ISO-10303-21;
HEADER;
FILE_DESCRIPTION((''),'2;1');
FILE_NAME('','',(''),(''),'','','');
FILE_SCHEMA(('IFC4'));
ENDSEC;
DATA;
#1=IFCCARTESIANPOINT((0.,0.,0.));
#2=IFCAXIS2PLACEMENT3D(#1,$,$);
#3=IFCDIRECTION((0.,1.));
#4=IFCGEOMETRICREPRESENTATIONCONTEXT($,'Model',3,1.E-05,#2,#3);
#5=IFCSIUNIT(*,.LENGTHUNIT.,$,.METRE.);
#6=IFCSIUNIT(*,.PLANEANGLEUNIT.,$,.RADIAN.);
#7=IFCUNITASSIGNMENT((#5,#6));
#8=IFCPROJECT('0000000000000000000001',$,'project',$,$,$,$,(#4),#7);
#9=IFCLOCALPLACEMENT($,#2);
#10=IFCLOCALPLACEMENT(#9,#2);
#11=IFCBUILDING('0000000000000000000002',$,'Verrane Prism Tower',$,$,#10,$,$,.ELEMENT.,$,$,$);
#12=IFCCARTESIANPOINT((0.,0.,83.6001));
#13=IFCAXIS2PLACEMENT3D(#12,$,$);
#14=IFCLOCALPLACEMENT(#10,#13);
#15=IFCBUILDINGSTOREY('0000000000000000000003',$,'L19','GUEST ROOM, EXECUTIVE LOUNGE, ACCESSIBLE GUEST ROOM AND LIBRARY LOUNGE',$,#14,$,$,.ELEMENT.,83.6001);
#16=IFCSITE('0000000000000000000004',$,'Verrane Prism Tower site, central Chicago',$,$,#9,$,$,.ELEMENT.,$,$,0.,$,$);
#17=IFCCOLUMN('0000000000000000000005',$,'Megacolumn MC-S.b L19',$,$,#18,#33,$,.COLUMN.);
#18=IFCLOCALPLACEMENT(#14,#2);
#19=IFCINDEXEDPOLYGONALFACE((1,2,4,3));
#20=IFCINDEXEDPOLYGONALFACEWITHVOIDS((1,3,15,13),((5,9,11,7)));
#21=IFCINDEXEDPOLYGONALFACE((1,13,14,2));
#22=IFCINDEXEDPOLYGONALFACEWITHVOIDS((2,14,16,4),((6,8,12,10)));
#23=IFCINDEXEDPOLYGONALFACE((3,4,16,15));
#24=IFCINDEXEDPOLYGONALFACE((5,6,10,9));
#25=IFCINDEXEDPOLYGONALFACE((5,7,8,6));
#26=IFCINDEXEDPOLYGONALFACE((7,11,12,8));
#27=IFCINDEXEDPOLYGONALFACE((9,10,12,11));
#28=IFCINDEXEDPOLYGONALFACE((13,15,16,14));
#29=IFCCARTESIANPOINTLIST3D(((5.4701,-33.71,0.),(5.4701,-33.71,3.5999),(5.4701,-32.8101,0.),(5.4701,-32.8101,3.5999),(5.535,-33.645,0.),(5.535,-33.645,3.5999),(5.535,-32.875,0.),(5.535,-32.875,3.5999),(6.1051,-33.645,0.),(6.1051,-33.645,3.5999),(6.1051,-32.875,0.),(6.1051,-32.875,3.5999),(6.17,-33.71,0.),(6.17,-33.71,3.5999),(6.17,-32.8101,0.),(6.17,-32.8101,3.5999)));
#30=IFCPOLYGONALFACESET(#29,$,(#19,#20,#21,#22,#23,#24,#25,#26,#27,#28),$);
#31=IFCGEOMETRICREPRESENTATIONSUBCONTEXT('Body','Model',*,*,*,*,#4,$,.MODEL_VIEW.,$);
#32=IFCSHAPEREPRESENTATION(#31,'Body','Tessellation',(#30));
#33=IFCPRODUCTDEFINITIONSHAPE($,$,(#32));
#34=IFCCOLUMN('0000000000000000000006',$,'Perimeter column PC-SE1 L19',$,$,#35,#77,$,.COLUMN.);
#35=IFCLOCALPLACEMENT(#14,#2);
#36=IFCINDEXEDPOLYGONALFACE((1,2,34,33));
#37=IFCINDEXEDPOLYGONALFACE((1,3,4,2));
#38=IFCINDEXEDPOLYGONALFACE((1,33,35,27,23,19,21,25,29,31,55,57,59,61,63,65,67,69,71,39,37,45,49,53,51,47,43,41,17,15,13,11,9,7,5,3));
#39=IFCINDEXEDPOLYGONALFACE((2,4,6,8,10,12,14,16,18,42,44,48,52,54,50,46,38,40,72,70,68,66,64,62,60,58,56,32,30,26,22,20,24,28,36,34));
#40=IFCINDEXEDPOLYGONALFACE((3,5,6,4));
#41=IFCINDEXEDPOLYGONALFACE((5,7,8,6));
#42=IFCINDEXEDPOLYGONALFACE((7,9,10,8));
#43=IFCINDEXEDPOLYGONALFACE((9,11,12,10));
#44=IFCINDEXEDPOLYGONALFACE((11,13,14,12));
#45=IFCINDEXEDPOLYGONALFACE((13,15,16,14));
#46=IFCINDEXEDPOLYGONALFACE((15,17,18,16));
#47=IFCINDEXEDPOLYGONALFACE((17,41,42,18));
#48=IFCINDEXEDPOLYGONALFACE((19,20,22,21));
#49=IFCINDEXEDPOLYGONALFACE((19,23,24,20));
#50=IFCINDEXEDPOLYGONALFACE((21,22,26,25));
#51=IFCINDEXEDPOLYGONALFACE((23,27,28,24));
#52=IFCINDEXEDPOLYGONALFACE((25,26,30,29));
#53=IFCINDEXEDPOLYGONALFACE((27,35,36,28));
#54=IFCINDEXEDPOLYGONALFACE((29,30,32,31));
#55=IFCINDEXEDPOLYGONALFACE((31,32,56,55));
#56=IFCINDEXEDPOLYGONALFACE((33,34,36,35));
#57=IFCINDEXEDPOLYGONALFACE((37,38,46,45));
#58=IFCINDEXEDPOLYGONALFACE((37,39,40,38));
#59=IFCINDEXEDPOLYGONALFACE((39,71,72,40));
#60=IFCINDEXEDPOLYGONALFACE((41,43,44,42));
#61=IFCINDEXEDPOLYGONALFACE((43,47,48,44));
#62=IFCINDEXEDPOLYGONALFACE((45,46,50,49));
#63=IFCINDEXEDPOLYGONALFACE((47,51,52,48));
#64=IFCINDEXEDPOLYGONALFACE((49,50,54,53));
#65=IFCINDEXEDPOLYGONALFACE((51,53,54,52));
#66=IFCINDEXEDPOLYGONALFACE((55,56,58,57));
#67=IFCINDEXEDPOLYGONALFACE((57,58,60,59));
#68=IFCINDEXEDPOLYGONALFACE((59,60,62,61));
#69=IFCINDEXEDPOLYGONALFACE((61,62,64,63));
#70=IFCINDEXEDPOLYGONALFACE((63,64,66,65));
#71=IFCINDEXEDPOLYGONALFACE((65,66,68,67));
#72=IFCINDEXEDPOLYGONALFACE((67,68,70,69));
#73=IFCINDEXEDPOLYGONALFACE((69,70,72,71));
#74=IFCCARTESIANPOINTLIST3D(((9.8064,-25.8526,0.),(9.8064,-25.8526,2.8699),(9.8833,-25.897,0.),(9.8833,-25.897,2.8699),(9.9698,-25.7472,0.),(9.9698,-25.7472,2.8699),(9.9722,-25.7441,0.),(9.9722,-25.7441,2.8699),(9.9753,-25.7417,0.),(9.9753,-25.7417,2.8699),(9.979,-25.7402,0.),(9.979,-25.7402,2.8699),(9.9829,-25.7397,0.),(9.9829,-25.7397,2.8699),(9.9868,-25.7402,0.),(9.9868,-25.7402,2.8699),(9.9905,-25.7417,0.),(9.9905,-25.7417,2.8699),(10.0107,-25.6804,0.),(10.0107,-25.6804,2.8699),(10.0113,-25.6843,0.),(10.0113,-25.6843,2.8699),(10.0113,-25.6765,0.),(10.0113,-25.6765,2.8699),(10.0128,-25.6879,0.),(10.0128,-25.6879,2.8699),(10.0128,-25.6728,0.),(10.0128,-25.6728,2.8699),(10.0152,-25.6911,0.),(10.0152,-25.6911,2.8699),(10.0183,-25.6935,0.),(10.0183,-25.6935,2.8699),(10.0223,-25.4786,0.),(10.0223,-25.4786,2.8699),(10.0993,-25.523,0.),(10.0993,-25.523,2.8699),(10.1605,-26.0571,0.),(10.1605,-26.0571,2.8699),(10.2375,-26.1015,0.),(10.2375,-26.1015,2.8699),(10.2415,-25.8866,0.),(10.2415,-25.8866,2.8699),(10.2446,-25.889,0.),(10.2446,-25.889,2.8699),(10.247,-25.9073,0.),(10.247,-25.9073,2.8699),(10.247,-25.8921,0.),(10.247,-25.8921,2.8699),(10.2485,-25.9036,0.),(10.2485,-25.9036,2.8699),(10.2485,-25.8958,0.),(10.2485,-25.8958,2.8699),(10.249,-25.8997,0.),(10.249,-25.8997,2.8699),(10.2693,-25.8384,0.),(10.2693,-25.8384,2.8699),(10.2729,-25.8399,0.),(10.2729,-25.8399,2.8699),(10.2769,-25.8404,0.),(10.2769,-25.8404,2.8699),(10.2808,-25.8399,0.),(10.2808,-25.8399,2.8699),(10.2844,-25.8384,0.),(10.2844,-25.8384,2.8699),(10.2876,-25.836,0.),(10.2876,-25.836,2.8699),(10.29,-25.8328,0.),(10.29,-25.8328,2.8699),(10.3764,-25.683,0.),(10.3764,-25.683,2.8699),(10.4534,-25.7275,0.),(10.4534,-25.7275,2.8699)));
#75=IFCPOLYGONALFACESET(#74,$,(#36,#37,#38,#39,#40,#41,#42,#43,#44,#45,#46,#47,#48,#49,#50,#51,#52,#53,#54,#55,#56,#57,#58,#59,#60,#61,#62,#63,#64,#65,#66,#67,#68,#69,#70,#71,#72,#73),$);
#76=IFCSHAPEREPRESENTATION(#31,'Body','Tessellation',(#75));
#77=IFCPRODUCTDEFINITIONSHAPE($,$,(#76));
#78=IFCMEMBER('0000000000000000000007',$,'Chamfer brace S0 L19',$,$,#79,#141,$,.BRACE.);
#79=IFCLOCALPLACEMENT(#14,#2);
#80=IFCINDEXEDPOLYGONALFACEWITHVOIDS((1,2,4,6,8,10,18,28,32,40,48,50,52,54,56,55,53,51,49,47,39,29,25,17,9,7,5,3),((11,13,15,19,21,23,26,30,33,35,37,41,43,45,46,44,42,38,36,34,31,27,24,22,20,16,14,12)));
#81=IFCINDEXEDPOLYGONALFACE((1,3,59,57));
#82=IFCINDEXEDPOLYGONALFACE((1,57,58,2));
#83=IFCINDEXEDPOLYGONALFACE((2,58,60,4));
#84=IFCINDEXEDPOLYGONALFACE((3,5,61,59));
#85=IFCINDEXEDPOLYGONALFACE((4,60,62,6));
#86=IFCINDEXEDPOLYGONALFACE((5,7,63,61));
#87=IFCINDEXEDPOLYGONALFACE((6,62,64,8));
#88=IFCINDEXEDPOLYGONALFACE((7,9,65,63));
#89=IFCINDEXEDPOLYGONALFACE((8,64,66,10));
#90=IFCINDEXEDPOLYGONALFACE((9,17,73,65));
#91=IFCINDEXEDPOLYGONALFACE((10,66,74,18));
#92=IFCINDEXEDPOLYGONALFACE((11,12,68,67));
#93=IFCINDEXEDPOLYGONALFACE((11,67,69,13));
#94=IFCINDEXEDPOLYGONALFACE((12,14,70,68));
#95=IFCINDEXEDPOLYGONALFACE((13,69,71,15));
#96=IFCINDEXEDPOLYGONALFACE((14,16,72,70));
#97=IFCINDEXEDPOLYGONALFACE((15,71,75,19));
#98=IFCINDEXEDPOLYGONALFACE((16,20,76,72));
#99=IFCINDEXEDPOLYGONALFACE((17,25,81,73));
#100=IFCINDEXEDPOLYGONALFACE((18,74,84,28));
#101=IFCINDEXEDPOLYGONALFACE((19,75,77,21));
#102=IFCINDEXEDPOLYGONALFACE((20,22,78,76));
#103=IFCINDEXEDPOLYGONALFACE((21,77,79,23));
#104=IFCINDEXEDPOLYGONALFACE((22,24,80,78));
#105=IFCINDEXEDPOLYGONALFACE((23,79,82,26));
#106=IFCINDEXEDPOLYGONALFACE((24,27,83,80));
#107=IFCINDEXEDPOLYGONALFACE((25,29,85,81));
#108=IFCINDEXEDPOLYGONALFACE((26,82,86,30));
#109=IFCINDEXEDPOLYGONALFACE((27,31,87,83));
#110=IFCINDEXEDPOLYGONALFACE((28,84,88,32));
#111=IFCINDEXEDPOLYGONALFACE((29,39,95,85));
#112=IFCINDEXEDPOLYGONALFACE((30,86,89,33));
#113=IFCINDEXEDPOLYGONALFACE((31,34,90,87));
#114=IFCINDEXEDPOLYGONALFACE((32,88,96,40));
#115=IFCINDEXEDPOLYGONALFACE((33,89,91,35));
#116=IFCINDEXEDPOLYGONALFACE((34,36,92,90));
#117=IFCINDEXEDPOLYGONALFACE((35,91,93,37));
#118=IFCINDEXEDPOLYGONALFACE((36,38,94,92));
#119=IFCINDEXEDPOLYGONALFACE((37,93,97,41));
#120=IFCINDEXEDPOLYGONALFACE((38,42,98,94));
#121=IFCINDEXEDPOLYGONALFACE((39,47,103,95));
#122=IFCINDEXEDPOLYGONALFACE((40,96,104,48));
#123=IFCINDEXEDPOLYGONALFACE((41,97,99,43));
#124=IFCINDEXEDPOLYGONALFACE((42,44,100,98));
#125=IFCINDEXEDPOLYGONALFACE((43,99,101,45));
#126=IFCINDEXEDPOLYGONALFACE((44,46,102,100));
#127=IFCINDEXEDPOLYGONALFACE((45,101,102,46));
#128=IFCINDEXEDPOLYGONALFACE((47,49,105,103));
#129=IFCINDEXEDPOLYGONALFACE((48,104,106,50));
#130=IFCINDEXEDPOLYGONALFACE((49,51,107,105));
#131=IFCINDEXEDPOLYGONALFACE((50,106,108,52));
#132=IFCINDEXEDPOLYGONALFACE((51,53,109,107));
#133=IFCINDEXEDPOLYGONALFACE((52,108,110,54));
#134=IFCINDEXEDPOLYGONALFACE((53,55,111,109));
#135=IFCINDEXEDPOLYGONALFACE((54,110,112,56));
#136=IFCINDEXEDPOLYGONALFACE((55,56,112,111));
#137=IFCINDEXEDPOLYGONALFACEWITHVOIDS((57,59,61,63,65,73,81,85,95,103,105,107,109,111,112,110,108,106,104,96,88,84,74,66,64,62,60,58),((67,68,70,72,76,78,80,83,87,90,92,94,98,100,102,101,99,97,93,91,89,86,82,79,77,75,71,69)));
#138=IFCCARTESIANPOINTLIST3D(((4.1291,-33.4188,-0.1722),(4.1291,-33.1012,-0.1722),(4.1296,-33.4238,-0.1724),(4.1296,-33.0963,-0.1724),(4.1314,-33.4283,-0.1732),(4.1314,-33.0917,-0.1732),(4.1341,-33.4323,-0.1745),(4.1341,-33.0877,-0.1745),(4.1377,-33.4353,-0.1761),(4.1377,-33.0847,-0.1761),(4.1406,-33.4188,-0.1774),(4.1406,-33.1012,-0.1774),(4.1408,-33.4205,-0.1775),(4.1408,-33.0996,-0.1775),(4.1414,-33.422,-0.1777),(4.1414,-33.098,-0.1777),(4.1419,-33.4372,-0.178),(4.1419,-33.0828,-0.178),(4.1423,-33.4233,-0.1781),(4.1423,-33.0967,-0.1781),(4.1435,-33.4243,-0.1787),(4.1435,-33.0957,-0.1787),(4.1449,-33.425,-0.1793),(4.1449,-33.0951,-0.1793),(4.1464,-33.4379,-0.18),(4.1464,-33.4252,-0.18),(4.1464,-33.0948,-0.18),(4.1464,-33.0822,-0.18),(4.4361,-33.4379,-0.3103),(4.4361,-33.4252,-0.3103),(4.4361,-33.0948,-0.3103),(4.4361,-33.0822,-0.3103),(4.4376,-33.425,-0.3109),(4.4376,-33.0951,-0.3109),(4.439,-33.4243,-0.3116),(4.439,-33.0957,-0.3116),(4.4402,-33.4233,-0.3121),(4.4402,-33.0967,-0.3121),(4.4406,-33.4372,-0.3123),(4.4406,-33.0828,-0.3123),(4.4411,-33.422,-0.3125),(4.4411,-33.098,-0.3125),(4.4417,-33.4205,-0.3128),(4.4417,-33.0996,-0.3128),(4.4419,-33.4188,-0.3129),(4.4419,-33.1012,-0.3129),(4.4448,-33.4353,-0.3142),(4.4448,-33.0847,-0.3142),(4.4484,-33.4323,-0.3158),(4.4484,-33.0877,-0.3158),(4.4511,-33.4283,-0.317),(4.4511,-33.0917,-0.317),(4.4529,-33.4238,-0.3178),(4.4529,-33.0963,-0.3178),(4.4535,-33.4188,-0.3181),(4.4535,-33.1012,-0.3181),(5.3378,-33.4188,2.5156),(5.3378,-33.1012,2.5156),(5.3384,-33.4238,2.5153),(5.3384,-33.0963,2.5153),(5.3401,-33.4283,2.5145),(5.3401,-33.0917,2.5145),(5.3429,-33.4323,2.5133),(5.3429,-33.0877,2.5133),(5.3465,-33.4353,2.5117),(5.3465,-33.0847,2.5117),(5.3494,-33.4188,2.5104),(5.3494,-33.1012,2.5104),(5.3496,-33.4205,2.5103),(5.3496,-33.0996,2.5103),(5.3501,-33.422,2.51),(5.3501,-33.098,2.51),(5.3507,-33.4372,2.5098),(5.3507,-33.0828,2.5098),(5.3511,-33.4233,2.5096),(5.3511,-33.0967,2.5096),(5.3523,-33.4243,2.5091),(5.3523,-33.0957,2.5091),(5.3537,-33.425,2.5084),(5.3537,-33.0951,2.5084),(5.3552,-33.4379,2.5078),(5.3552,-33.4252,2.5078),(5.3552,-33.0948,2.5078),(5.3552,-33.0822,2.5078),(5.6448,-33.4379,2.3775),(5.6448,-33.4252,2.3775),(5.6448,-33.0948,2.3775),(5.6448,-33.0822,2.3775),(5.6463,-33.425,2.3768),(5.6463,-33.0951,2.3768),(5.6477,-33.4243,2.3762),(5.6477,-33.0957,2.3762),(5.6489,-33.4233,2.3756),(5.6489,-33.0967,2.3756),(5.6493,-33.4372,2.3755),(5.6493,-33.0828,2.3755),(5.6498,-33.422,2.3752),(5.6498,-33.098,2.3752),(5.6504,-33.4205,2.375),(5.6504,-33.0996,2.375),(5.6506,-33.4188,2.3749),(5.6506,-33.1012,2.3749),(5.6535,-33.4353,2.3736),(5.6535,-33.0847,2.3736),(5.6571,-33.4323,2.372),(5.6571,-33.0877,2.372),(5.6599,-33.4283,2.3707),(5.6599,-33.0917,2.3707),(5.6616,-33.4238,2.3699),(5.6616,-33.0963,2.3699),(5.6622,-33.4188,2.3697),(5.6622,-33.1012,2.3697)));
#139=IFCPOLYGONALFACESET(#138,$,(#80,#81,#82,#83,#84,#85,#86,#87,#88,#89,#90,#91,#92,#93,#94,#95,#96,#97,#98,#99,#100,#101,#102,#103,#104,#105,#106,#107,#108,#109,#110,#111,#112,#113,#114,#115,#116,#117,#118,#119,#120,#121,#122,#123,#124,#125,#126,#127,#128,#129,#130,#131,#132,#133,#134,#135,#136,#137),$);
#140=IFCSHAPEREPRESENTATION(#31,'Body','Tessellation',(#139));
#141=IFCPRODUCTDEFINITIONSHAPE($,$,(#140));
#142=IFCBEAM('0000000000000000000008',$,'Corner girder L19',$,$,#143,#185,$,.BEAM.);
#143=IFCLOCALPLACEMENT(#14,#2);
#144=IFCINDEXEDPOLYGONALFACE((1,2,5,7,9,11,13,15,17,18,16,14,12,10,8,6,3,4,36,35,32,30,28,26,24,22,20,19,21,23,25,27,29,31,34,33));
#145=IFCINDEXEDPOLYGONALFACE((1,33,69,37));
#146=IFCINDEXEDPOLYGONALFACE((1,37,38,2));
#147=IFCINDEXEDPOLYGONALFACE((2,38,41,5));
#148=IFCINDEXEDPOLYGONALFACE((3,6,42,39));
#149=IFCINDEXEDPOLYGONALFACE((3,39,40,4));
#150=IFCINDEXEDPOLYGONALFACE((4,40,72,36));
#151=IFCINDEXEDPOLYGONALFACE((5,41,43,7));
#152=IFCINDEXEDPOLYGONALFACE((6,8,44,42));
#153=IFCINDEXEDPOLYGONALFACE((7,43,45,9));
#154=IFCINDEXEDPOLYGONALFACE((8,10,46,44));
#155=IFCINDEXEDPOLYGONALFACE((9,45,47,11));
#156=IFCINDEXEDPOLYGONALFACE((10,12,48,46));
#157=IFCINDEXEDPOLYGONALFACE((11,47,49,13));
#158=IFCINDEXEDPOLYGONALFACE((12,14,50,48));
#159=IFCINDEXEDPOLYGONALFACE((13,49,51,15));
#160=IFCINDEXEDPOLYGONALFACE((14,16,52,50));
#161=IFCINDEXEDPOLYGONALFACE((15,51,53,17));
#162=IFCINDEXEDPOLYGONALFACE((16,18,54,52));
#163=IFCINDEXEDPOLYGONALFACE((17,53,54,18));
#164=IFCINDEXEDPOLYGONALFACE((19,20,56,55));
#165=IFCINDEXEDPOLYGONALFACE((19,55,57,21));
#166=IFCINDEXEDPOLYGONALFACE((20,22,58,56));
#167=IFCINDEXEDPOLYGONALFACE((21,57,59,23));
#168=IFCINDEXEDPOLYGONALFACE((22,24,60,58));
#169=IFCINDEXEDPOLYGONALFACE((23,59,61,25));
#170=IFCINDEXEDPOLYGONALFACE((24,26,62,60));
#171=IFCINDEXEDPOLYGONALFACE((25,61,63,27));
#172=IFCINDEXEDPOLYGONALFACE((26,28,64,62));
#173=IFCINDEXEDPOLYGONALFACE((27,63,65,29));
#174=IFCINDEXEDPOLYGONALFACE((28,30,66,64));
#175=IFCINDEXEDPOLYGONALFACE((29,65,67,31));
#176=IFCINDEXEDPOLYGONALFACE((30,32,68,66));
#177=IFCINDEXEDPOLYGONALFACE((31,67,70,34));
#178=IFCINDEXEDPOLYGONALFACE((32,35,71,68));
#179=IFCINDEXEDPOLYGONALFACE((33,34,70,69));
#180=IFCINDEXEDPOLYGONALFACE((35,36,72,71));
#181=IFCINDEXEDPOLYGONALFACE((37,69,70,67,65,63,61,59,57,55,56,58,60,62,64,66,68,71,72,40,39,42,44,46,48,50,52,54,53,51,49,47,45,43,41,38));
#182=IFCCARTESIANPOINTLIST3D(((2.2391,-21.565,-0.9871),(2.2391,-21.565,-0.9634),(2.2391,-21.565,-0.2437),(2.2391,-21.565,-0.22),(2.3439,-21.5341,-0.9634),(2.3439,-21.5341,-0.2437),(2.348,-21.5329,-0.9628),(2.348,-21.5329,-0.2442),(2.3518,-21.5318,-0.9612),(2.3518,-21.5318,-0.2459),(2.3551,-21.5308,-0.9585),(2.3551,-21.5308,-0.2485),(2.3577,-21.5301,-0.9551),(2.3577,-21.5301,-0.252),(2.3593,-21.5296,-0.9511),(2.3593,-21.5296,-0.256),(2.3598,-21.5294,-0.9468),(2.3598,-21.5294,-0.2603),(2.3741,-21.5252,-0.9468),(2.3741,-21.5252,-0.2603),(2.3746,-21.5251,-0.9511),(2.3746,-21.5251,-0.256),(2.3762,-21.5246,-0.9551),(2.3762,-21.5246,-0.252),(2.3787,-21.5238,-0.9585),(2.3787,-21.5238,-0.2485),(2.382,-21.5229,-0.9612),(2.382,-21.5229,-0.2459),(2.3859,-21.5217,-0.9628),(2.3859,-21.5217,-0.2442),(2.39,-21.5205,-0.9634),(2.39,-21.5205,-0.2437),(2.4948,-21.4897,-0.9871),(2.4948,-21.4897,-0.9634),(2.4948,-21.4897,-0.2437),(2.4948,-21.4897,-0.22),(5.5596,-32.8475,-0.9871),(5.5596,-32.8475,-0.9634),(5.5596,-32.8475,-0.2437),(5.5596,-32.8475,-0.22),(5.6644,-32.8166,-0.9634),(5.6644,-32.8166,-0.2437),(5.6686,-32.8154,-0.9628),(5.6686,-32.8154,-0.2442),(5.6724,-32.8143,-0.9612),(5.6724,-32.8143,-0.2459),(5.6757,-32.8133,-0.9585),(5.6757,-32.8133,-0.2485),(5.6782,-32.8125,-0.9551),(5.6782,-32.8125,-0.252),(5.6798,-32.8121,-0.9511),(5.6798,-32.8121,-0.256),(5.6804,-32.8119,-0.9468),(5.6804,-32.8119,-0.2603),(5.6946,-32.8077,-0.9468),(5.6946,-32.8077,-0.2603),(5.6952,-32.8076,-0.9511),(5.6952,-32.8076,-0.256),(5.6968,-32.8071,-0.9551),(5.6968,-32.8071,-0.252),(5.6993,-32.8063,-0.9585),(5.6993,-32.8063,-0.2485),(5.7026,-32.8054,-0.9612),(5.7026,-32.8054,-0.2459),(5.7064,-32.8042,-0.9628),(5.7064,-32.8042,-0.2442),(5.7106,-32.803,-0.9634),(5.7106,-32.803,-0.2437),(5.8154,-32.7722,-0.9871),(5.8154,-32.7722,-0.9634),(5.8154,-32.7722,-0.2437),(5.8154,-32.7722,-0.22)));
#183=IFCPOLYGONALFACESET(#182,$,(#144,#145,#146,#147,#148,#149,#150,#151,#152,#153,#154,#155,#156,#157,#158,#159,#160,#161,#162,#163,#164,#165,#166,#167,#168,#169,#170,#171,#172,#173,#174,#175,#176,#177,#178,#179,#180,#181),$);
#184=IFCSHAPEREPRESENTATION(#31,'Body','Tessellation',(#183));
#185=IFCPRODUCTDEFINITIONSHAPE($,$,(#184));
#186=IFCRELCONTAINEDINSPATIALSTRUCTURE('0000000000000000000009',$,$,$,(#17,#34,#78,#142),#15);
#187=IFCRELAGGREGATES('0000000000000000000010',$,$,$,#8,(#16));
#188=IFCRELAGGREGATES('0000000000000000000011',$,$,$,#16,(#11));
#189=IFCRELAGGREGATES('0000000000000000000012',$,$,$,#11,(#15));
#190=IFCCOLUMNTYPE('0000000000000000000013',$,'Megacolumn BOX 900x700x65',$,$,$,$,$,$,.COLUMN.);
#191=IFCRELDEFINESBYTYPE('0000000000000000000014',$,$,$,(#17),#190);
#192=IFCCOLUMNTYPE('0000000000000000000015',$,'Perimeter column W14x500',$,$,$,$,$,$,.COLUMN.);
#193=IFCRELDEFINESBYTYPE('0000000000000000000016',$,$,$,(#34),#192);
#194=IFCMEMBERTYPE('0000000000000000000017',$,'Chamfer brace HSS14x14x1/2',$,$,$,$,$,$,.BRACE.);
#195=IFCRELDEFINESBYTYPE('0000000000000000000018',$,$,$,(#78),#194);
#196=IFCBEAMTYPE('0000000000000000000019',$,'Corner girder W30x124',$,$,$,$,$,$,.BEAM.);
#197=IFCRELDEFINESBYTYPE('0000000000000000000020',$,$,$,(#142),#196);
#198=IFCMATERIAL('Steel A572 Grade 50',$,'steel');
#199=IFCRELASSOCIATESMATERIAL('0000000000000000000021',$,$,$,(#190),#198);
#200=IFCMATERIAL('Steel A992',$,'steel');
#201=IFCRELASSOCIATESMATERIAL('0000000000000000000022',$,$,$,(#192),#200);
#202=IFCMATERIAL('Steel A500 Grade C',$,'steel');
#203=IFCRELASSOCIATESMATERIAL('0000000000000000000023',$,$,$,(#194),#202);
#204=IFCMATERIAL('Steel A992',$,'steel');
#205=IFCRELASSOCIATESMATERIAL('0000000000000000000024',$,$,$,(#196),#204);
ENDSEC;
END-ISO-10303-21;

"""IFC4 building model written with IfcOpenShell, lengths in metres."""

from ifc_helpers import new_model, si_unit, direction, frame, origin, origin_2d, place, context, subcontext, project, spatial, hollow_rectangle, i_section, extrude, material, material_profile, profile_set, type_object, element, save


model = new_model("IFC4")

# Units and contexts
model_context = context("Model", 3, precision=1e-05, world=origin(), true_north=direction((0.0, 1.0)))
body_context = subcontext(model_context, "Body", "Model", "MODEL_VIEW")
ifc_project = project(units=[si_unit("LENGTHUNIT", "METRE"), si_unit("PLANEANGLEUNIT", "RADIAN")], contexts=[model_context])

# Site, building, storey
site_placement = place(None, origin())
site = spatial("IfcSite", under=ifc_project, at=site_placement, Name="Verrane Prism Tower site, central Chicago", CompositionType="ELEMENT", RefElevation=0.0)
building_placement = place(site_placement, origin())
building = spatial("IfcBuilding", under=site, at=building_placement, Name="Verrane Prism Tower", CompositionType="ELEMENT")
storey_placement = place(building_placement, frame((0.0, 0.0, 83.6001)))
storey = spatial("IfcBuildingStorey", under=building, at=storey_placement, Name="L19", Description="GUEST ROOM, EXECUTIVE LOUNGE, ACCESSIBLE GUEST ROOM AND LIBRARY LOUNGE", CompositionType="ELEMENT", Elevation=83.6001)

# Columns
ifc_material_1 = material(Name="Steel A572 Grade 50", Category="steel")
ifc_material_profile_1 = material_profile(ifc_material_1, hollow_rectangle(XDim=0.7, YDim=0.8999, WallThickness=0.0649, at=origin_2d()), Name="BOX 900x700x65")
ifc_profile_set_1 = profile_set([ifc_material_profile_1], Name="Steel A572 Grade 50")
column_type_1 = type_object("IfcColumnType", Name="Megacolumn BOX 900x700x65", PredefinedType="COLUMN", material=ifc_profile_set_1)
column_1_placement = place(storey_placement, frame((5.8201, -33.26, 0.0), z_axis=(0.0, 0.0, 1.0), x_axis=(-1.0, 0.0, 0.0)))
element("IfcColumn", 1, at=column_1_placement, inside=storey, type_object=column_type_1, Name="Megacolumn MC-S.b L19", PredefinedType="COLUMN", context=body_context, shape_type="SweptSolid", body=[
    extrude(hollow_rectangle(XDim=0.7, YDim=0.8999, WallThickness=0.0649, at=origin_2d()), origin(), (0.0, 0.0, 1.0), 3.5999),
])
ifc_material_2 = material(Name="Steel A992", Category="steel")
ifc_material_profile_2 = material_profile(ifc_material_2, i_section(OverallWidth=0.4319, OverallDepth=0.4978, WebThickness=0.0557, FlangeThickness=0.0889, FilletRadius=0.0151, at=origin_2d()), Name="W14x500")
ifc_profile_set_2 = profile_set([ifc_material_profile_2], Name="Steel A992")
column_type_2 = type_object("IfcColumnType", Name="Perimeter column W14x500", PredefinedType="COLUMN", material=ifc_profile_set_2)
column_2_placement = place(storey_placement, frame((10.1299, -25.79, 0.0), z_axis=(0.0, 0.0, 1.0), x_axis=(-0.5, -0.866025, 0.0)))
element("IfcColumn", 2, at=column_2_placement, inside=storey, type_object=column_type_2, Name="Perimeter column PC-SE1 L19", PredefinedType="COLUMN", context=body_context, shape_type="SweptSolid", body=[
    extrude(i_section(OverallWidth=0.4319, OverallDepth=0.4978, WebThickness=0.0557, FlangeThickness=0.0889, FilletRadius=0.0151, at=origin_2d()), origin(), (0.0, 0.0, 1.0), 2.8699),
])

# Member
ifc_material_3 = material(Name="Steel A500 Grade C", Category="steel")
ifc_material_profile_3 = material_profile(ifc_material_3, hollow_rectangle(XDim=0.3557, YDim=0.3557, WallThickness=0.0127, InnerFilletRadius=0.0063, OuterFilletRadius=0.019, at=origin_2d()), Name="HSS14x14x1/2")
ifc_profile_set_3 = profile_set([ifc_material_profile_3], Name="Steel A500 Grade C")
member_type_1 = type_object("IfcMemberType", Name="Chamfer brace HSS14x14x1/2", PredefinedType="BRACE", material=ifc_profile_set_3)
member_1_placement = place(storey_placement, frame((4.2913, -33.26, -0.2451), z_axis=(0.410155, 0.0, 0.912016), x_axis=(0.0, 1.0, 0.0)))
element("IfcMember", 3, at=member_1_placement, inside=storey, type_object=member_type_1, Name="Chamfer brace S0 L19", PredefinedType="BRACE", context=body_context, shape_type="SweptSolid", body=[
    extrude(hollow_rectangle(XDim=0.3557, YDim=0.3557, WallThickness=0.0127, InnerFilletRadius=0.0063, OuterFilletRadius=0.019, at=origin_2d()), origin(), (0.0, 0.0, 1.0), 2.947),
])

# Beam
ifc_material_4 = material(Name="Steel A992", Category="steel")
ifc_material_profile_4 = material_profile(ifc_material_4, i_section(OverallWidth=0.2666, OverallDepth=0.7671, WebThickness=0.0149, FlangeThickness=0.0237, FilletRadius=0.0166, at=origin_2d()), Name="W30x124")
ifc_profile_set_4 = profile_set([ifc_material_profile_4], Name="Steel A992")
beam_type_1 = type_object("IfcBeamType", Name="Corner girder W30x124", PredefinedType="BEAM", material=ifc_profile_set_4)
beam_1_placement = place(storey_placement, frame((5.6875, -32.8098, -0.6035), z_axis=(-0.282337, 0.959315, 0.0), x_axis=(-0.959315, -0.282337, 0.0)))
element("IfcBeam", 4, at=beam_1_placement, inside=storey, type_object=beam_type_1, Name="Corner girder L19", PredefinedType="BEAM", context=body_context, shape_type="SweptSolid", body=[
    extrude(i_section(OverallWidth=0.2666, OverallDepth=0.7671, WebThickness=0.0149, FlangeThickness=0.0237, FilletRadius=0.0166, at=origin_2d()), origin(), (0.0, 0.0, 1.0), 11.761),
])

save(model, "model.ifc")
